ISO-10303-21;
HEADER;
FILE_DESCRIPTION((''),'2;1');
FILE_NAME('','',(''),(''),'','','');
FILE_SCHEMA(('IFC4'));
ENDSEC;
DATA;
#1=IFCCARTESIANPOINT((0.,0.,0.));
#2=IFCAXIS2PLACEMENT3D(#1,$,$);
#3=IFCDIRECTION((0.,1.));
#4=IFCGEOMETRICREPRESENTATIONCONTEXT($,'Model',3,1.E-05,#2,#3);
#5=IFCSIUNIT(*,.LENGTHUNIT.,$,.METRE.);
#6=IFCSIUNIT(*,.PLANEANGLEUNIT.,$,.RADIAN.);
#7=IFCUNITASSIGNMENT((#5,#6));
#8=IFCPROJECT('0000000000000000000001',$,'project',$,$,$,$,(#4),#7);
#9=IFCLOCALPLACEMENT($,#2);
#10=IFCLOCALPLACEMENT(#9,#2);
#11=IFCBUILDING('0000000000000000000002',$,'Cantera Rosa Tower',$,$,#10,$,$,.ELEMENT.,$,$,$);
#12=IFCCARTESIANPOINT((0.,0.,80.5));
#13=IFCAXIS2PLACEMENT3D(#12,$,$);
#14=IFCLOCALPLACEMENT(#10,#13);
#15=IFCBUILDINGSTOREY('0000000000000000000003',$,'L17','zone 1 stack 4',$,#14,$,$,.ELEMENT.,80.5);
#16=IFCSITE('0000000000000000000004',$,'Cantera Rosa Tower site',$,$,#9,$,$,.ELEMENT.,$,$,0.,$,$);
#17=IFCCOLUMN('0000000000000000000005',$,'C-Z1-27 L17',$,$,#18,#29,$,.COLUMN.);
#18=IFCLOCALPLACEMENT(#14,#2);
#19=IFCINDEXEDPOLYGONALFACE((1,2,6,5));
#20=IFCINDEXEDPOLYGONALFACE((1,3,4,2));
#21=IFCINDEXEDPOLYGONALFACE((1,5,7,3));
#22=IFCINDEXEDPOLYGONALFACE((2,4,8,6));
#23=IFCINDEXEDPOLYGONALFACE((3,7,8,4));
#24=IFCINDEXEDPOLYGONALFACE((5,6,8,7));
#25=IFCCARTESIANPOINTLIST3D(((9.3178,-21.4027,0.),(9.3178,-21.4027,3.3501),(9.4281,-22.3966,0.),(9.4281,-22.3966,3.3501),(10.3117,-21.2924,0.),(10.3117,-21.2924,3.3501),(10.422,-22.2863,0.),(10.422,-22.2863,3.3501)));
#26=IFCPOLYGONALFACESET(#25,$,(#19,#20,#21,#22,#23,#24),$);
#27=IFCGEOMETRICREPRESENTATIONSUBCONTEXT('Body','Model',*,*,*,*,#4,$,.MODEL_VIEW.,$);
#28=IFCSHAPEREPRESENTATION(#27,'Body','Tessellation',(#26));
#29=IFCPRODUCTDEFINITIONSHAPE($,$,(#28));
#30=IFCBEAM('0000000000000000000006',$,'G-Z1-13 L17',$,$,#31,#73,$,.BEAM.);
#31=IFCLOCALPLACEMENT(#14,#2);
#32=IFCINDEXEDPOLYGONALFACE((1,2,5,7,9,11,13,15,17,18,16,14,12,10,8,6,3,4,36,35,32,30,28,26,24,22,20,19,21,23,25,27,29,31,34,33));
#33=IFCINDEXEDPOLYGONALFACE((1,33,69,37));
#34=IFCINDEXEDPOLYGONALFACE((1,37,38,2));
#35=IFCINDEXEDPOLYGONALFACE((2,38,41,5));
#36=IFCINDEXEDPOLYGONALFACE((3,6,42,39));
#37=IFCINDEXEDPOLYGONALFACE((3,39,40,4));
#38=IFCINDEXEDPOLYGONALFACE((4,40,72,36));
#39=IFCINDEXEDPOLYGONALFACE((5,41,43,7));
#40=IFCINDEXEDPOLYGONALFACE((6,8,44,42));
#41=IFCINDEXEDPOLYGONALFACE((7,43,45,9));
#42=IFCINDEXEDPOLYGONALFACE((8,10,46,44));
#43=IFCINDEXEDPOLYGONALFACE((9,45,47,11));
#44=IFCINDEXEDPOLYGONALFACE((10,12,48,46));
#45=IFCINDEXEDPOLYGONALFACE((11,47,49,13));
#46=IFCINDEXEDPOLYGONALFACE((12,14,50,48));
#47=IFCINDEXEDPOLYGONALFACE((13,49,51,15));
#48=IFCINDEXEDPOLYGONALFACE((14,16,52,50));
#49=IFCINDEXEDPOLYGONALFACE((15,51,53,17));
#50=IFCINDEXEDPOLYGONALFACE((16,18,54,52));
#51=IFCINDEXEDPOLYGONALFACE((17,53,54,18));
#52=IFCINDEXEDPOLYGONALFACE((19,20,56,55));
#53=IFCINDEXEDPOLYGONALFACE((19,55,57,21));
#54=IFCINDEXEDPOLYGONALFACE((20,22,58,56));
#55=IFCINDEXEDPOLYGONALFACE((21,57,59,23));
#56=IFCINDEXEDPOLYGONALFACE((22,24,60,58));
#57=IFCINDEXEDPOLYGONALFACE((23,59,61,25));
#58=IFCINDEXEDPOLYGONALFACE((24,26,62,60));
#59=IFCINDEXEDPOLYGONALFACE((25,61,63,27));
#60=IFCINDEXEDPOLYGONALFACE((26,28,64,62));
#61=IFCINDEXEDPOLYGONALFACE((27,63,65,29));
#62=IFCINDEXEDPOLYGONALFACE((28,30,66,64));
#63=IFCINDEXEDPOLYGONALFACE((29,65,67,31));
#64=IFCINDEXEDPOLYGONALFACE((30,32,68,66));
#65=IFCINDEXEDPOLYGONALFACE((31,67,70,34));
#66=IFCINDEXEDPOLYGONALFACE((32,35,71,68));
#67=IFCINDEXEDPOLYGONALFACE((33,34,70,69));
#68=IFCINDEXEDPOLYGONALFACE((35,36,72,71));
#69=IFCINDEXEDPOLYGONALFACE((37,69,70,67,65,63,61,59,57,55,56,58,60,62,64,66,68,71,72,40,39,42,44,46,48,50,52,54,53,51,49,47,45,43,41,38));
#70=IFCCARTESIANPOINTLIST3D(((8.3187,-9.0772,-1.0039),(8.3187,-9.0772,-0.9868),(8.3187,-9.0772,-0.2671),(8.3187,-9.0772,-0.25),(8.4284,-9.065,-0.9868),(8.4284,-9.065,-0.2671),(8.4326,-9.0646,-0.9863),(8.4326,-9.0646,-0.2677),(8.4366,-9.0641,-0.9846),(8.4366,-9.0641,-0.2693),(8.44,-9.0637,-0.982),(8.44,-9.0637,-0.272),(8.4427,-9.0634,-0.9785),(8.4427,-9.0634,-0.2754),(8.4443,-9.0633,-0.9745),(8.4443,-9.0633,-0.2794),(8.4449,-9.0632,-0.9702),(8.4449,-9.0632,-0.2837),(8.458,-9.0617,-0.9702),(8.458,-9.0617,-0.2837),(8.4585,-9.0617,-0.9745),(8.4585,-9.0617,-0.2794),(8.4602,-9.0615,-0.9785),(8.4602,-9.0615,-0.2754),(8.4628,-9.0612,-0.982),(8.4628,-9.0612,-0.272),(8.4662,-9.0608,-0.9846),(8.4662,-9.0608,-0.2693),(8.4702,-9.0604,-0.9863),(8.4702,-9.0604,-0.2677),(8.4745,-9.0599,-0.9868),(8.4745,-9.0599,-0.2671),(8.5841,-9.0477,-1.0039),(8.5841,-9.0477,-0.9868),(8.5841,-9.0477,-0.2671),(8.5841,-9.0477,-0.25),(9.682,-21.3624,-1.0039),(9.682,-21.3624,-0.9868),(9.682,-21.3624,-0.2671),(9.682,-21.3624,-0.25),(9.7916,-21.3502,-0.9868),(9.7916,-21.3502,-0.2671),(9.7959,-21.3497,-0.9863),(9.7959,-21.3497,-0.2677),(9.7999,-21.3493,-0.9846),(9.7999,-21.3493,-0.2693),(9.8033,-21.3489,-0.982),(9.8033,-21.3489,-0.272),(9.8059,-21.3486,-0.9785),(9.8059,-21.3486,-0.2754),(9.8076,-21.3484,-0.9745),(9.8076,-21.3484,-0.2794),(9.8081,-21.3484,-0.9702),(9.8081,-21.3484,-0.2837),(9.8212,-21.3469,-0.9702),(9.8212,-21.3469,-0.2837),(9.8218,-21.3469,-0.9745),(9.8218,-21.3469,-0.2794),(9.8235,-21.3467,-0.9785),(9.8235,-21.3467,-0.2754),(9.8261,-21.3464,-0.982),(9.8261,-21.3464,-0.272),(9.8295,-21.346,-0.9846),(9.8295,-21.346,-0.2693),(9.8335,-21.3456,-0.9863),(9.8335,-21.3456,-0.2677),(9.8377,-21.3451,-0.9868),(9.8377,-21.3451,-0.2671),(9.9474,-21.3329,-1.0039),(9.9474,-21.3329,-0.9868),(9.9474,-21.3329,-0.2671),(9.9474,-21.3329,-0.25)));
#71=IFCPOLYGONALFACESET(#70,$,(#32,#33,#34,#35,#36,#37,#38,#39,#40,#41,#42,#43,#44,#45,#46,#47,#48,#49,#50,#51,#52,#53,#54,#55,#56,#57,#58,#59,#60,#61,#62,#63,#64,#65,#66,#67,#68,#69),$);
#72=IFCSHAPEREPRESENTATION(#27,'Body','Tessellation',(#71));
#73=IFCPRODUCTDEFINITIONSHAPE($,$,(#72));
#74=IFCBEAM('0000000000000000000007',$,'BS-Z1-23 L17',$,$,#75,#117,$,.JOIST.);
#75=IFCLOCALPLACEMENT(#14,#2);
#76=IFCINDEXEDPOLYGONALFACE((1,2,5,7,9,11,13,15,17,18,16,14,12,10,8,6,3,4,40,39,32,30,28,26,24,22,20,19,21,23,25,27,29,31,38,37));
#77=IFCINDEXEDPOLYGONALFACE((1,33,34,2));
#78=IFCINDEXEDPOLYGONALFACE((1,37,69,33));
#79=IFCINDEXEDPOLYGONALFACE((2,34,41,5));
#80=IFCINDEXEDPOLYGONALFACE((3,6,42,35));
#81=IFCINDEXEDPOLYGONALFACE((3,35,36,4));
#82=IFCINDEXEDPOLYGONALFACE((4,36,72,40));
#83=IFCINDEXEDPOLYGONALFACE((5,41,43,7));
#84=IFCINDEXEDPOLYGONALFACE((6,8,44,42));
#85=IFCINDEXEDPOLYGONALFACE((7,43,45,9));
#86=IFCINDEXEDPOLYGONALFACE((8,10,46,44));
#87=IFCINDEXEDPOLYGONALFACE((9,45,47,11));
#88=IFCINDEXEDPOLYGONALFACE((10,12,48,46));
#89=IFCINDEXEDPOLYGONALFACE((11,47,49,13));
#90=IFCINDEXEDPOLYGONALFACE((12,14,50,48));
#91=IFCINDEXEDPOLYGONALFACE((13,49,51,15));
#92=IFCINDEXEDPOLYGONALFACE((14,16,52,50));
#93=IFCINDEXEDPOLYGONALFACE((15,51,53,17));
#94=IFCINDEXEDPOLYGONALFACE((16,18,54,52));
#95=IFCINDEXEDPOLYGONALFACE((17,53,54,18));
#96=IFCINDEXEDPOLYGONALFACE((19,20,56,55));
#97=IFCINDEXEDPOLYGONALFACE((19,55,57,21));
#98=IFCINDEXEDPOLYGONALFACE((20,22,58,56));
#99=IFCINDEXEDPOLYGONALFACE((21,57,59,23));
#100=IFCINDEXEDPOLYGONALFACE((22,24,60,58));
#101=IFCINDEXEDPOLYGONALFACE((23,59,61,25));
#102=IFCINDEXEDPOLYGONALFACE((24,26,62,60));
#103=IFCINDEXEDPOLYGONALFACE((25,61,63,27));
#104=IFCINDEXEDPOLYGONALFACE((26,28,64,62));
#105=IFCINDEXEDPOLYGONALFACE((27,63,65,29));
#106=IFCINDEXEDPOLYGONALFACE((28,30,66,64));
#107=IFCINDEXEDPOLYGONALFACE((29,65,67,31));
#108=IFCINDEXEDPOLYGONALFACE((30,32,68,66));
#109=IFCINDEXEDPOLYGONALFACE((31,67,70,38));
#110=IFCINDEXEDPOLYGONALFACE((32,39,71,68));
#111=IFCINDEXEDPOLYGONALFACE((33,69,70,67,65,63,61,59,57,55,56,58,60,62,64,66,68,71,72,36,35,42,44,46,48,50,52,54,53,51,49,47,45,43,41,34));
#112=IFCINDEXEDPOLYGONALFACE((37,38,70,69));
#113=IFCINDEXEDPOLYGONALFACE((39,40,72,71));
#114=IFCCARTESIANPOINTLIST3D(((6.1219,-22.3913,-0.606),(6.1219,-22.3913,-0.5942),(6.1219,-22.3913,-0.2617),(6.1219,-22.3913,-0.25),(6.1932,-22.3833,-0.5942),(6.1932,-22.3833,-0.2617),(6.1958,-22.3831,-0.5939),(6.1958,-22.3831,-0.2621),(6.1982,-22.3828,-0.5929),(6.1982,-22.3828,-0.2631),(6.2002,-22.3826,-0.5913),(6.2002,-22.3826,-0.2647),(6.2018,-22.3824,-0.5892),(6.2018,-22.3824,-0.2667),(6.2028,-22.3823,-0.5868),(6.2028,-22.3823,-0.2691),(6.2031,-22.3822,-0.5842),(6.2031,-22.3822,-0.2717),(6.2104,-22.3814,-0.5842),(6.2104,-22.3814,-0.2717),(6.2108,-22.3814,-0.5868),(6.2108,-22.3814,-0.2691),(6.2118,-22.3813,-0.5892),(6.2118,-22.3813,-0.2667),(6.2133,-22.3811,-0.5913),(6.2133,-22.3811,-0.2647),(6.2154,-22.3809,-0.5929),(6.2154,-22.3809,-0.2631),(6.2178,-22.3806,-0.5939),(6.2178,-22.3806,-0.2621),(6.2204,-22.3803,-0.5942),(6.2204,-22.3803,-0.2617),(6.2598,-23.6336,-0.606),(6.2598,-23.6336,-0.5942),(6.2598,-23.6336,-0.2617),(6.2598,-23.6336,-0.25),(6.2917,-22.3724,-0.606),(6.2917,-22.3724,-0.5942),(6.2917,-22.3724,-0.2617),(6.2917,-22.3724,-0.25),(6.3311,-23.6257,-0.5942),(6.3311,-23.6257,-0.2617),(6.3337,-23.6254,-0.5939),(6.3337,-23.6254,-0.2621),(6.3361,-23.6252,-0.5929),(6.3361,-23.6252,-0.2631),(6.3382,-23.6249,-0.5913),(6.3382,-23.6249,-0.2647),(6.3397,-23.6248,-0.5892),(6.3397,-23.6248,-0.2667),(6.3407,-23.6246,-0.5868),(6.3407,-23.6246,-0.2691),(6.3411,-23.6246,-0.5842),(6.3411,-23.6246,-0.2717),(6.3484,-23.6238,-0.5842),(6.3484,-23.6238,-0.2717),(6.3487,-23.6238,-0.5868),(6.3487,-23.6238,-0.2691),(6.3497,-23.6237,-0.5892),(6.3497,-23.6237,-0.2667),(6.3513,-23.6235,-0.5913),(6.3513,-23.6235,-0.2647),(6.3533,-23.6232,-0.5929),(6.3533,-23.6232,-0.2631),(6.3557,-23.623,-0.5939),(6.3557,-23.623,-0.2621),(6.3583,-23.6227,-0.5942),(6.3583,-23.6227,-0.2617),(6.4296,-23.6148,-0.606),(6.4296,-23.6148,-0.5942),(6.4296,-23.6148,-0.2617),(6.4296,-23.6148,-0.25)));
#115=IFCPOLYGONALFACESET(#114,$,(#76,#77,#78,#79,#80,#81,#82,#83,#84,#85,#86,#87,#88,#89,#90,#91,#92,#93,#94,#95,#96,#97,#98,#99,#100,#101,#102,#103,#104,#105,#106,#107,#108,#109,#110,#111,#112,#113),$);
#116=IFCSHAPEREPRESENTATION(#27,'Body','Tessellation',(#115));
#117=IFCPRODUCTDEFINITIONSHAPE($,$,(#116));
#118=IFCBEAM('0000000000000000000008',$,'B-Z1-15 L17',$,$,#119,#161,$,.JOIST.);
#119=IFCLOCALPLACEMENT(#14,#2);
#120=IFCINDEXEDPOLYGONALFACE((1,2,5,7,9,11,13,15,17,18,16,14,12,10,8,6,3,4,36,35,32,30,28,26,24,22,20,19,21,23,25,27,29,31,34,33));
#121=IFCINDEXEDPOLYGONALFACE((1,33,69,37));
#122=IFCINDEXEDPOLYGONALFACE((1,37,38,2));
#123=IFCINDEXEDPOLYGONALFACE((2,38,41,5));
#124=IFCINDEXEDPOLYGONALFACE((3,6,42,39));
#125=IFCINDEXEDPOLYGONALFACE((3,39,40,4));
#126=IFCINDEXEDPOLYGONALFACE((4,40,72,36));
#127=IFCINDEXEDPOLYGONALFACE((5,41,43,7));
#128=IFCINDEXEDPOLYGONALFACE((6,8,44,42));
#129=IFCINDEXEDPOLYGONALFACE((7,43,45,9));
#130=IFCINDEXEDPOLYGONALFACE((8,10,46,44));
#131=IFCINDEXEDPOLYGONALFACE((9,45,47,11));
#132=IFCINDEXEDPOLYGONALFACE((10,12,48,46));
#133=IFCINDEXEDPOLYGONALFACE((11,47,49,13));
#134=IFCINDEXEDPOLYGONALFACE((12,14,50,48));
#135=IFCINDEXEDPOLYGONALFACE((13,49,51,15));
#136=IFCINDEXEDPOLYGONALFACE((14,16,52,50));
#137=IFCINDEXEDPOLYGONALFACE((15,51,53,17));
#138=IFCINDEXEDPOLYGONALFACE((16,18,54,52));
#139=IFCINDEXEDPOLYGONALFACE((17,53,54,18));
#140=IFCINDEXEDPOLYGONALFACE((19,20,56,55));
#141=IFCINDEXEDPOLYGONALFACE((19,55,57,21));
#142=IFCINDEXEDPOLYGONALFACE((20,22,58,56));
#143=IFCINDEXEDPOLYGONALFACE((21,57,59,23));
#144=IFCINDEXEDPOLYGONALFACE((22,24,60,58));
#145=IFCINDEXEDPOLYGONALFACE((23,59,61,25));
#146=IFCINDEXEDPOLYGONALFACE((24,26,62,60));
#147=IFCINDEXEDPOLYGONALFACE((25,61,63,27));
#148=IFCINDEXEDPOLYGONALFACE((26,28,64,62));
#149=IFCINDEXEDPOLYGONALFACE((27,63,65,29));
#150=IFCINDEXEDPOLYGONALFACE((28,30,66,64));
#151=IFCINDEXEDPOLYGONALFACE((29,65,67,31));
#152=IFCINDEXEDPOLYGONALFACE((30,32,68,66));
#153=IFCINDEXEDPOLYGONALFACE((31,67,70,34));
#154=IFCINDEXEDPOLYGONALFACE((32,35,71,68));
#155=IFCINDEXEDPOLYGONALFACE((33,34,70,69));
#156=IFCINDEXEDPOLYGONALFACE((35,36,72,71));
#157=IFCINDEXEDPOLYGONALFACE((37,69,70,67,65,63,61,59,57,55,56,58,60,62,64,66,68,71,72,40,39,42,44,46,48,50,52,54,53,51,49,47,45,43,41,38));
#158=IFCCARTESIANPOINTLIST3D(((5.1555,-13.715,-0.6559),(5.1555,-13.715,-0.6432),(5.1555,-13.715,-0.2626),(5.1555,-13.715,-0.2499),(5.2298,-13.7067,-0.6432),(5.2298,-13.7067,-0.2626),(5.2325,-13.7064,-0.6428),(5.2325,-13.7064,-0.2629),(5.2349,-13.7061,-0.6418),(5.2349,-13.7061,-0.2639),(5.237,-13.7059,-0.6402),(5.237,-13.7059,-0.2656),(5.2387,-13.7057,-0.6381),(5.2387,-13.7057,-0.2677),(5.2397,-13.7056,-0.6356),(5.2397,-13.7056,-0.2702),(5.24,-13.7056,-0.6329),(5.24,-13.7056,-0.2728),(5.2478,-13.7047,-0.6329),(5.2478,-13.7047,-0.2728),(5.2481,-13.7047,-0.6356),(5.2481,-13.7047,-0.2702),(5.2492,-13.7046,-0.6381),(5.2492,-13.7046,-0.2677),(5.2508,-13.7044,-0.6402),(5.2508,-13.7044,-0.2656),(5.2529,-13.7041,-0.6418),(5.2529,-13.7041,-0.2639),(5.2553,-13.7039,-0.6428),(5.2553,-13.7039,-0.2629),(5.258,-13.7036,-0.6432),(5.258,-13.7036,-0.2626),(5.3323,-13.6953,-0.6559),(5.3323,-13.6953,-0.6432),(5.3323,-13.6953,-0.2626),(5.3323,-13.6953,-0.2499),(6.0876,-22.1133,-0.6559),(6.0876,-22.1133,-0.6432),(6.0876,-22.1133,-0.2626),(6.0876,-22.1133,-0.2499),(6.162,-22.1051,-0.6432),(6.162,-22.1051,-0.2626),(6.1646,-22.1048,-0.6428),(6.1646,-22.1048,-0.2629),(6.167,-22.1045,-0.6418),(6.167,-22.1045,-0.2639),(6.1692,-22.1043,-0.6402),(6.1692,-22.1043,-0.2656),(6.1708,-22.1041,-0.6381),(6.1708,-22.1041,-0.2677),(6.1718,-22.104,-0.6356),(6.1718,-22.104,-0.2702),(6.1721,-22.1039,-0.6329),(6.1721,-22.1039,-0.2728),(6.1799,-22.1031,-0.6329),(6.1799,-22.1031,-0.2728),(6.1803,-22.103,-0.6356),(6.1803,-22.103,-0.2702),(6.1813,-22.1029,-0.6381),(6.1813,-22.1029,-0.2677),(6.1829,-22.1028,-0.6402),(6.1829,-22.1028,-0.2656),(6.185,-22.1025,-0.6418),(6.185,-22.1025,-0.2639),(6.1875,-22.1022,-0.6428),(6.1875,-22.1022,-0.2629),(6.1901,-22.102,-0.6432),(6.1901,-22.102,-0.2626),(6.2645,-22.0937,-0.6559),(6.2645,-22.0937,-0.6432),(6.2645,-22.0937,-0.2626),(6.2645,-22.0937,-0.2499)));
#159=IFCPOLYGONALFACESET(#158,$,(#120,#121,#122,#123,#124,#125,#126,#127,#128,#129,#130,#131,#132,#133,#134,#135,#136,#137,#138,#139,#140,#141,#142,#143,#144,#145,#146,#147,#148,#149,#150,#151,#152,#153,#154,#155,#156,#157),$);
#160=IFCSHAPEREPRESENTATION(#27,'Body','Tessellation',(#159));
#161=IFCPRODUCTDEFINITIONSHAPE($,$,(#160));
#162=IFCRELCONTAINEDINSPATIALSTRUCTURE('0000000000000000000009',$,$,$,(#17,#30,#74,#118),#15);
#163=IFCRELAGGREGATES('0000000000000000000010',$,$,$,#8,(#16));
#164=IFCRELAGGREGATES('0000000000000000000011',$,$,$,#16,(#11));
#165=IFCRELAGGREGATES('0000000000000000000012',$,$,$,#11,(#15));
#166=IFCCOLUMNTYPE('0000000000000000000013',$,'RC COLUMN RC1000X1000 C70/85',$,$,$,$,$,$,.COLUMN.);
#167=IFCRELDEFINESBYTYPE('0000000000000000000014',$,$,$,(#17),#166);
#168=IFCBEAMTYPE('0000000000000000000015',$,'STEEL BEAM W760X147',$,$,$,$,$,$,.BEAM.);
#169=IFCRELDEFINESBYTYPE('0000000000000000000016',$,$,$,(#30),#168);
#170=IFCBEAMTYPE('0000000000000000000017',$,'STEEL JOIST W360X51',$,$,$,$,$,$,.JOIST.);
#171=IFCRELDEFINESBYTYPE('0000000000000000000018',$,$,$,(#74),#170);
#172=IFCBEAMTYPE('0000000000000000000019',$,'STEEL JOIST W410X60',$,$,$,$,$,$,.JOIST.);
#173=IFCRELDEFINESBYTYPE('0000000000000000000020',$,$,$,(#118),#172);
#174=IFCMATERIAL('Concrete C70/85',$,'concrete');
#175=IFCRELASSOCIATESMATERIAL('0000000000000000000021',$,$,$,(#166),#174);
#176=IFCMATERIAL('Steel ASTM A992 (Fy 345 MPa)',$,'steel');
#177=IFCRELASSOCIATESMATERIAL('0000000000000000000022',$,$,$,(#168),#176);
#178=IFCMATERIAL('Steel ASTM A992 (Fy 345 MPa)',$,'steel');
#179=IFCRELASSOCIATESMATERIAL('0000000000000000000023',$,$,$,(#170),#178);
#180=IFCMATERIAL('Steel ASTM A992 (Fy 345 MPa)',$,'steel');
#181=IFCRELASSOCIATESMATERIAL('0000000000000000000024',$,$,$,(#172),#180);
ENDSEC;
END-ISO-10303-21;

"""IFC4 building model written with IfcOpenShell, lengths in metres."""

from ifc_helpers import new_model, si_unit, direction, frame, origin, origin_2d, place, context, subcontext, project, spatial, rectangle, i_section, extrude, material, material_profile, profile_set, type_object, element, save


model = new_model("IFC4")

# Units and contexts
model_context = context("Model", 3, precision=1e-05, world=origin(), true_north=direction((0.0, 1.0)))
body_context = subcontext(model_context, "Body", "Model", "MODEL_VIEW")
ifc_project = project(units=[si_unit("LENGTHUNIT", "METRE"), si_unit("PLANEANGLEUNIT", "RADIAN")], contexts=[model_context])

# Site, building, storey
site_placement = place(None, origin())
site = spatial("IfcSite", under=ifc_project, at=site_placement, Name="Cantera Rosa Tower site", CompositionType="ELEMENT", RefElevation=0.0)
building_placement = place(site_placement, origin())
building = spatial("IfcBuilding", under=site, at=building_placement, Name="Cantera Rosa Tower", CompositionType="ELEMENT")
storey_placement = place(building_placement, frame((0.0, 0.0, 80.5)))
storey = spatial("IfcBuildingStorey", under=building, at=storey_placement, Name="L17", Description="zone 1 stack 4", CompositionType="ELEMENT", Elevation=80.5)

# Column
ifc_material_1 = material(Name="Concrete C70/85", Category="concrete")
ifc_material_profile_1 = material_profile(ifc_material_1, rectangle(XDim=1.0, YDim=1.0, at=origin_2d()), Name="RC COLUMN RC1000X1000 C70/85")
ifc_profile_set_1 = profile_set([ifc_material_profile_1], Name="Concrete C70/85")
column_type = type_object("IfcColumnType", Name="RC COLUMN RC1000X1000 C70/85", PredefinedType="COLUMN", material=ifc_profile_set_1)
column_placement = place(storey_placement, frame((9.8699, -21.8445, 0.0), z_axis=(0.0, 0.0, 1.0), x_axis=(0.993897, 0.110313, 0.0)))
element("IfcColumn", 1, at=column_placement, inside=storey, type_object=column_type, Name="C-Z1-27 L17", PredefinedType="COLUMN", context=body_context, shape_type="SweptSolid", body=[
    extrude(rectangle(XDim=1.0, YDim=1.0, at=origin_2d()), origin(), (0.0, 0.0, 1.0), 3.3501),
])

# Beams
ifc_material_2 = material(Name="Steel ASTM A992 (Fy 345 MPa)", Category="steel")
ifc_material_profile_2 = material_profile(ifc_material_2, i_section(OverallWidth=0.2671, OverallDepth=0.7539, WebThickness=0.0132, FlangeThickness=0.0171, FilletRadius=0.0166, at=origin_2d()), Name="W760X147")
ifc_profile_set_2 = profile_set([ifc_material_profile_2], Name="Steel ASTM A992 (Fy 345 MPa)")
beam_type_1 = type_object("IfcBeamType", Name="STEEL BEAM W760X147", PredefinedType="BEAM", material=ifc_profile_set_2)
beam_1_placement = place(storey_placement, frame((9.8147, -21.3477, -0.627), z_axis=(-0.110293, 0.993899, 0.0), x_axis=(-0.993899, -0.110293, 0.0)))
element("IfcBeam", 2, at=beam_1_placement, inside=storey, type_object=beam_type_1, Name="G-Z1-13 L17", PredefinedType="BEAM", context=body_context, shape_type="SweptSolid", body=[
    extrude(i_section(OverallWidth=0.2671, OverallDepth=0.7539, WebThickness=0.0132, FlangeThickness=0.0171, FilletRadius=0.0166, at=origin_2d()), origin(), (0.0, 0.0, 1.0), 12.3606),
])
ifc_material_3 = material(Name="Steel ASTM A992 (Fy 345 MPa)", Category="steel")
ifc_material_profile_3 = material_profile(ifc_material_3, i_section(OverallWidth=0.1709, OverallDepth=0.356, WebThickness=0.0073, FlangeThickness=0.0117, FilletRadius=0.01, at=origin_2d()), Name="W360X51")
ifc_profile_set_3 = profile_set([ifc_material_profile_3], Name="Steel ASTM A992 (Fy 345 MPa)")
beam_type_2 = type_object("IfcBeamType", Name="STEEL JOIST W360X51", PredefinedType="JOIST", material=ifc_profile_set_3)
beam_2_placement = place(storey_placement, frame((6.2068, -22.3818, -0.428), z_axis=(0.110346, -0.993893, 0.0), x_axis=(0.993893, 0.110346, 0.0)))
element("IfcBeam", 3, at=beam_2_placement, inside=storey, type_object=beam_type_2, Name="BS-Z1-23 L17", PredefinedType="JOIST", context=body_context, shape_type="SweptSolid", body=[
    extrude(i_section(OverallWidth=0.1709, OverallDepth=0.356, WebThickness=0.0073, FlangeThickness=0.0117, FilletRadius=0.01, at=origin_2d()), origin(), (0.0, 0.0, 1.0), 1.25),
])
ifc_material_4 = material(Name="Steel ASTM A992 (Fy 345 MPa)", Category="steel")
ifc_material_profile_4 = material_profile(ifc_material_4, i_section(OverallWidth=0.178, OverallDepth=0.406, WebThickness=0.0078, FlangeThickness=0.0127, FilletRadius=0.0103, at=origin_2d()), Name="W410X60")
ifc_profile_set_4 = profile_set([ifc_material_profile_4], Name="Steel ASTM A992 (Fy 345 MPa)")
beam_type_3 = type_object("IfcBeamType", Name="STEEL JOIST W410X60", PredefinedType="JOIST", material=ifc_profile_set_4)
beam_3_placement = place(storey_placement, frame((6.176, -22.1035, -0.4529), z_axis=(-0.110311, 0.993897, 0.0), x_axis=(-0.993897, -0.110311, 0.0)))
element("IfcBeam", 4, at=beam_3_placement, inside=storey, type_object=beam_type_3, Name="B-Z1-15 L17", PredefinedType="JOIST", context=body_context, shape_type="SweptSolid", body=[
    extrude(i_section(OverallWidth=0.178, OverallDepth=0.406, WebThickness=0.0078, FlangeThickness=0.0127, FilletRadius=0.0103, at=origin_2d()), origin(), (0.0, 0.0, 1.0), 8.45),
])

save(model, "model.ifc")
